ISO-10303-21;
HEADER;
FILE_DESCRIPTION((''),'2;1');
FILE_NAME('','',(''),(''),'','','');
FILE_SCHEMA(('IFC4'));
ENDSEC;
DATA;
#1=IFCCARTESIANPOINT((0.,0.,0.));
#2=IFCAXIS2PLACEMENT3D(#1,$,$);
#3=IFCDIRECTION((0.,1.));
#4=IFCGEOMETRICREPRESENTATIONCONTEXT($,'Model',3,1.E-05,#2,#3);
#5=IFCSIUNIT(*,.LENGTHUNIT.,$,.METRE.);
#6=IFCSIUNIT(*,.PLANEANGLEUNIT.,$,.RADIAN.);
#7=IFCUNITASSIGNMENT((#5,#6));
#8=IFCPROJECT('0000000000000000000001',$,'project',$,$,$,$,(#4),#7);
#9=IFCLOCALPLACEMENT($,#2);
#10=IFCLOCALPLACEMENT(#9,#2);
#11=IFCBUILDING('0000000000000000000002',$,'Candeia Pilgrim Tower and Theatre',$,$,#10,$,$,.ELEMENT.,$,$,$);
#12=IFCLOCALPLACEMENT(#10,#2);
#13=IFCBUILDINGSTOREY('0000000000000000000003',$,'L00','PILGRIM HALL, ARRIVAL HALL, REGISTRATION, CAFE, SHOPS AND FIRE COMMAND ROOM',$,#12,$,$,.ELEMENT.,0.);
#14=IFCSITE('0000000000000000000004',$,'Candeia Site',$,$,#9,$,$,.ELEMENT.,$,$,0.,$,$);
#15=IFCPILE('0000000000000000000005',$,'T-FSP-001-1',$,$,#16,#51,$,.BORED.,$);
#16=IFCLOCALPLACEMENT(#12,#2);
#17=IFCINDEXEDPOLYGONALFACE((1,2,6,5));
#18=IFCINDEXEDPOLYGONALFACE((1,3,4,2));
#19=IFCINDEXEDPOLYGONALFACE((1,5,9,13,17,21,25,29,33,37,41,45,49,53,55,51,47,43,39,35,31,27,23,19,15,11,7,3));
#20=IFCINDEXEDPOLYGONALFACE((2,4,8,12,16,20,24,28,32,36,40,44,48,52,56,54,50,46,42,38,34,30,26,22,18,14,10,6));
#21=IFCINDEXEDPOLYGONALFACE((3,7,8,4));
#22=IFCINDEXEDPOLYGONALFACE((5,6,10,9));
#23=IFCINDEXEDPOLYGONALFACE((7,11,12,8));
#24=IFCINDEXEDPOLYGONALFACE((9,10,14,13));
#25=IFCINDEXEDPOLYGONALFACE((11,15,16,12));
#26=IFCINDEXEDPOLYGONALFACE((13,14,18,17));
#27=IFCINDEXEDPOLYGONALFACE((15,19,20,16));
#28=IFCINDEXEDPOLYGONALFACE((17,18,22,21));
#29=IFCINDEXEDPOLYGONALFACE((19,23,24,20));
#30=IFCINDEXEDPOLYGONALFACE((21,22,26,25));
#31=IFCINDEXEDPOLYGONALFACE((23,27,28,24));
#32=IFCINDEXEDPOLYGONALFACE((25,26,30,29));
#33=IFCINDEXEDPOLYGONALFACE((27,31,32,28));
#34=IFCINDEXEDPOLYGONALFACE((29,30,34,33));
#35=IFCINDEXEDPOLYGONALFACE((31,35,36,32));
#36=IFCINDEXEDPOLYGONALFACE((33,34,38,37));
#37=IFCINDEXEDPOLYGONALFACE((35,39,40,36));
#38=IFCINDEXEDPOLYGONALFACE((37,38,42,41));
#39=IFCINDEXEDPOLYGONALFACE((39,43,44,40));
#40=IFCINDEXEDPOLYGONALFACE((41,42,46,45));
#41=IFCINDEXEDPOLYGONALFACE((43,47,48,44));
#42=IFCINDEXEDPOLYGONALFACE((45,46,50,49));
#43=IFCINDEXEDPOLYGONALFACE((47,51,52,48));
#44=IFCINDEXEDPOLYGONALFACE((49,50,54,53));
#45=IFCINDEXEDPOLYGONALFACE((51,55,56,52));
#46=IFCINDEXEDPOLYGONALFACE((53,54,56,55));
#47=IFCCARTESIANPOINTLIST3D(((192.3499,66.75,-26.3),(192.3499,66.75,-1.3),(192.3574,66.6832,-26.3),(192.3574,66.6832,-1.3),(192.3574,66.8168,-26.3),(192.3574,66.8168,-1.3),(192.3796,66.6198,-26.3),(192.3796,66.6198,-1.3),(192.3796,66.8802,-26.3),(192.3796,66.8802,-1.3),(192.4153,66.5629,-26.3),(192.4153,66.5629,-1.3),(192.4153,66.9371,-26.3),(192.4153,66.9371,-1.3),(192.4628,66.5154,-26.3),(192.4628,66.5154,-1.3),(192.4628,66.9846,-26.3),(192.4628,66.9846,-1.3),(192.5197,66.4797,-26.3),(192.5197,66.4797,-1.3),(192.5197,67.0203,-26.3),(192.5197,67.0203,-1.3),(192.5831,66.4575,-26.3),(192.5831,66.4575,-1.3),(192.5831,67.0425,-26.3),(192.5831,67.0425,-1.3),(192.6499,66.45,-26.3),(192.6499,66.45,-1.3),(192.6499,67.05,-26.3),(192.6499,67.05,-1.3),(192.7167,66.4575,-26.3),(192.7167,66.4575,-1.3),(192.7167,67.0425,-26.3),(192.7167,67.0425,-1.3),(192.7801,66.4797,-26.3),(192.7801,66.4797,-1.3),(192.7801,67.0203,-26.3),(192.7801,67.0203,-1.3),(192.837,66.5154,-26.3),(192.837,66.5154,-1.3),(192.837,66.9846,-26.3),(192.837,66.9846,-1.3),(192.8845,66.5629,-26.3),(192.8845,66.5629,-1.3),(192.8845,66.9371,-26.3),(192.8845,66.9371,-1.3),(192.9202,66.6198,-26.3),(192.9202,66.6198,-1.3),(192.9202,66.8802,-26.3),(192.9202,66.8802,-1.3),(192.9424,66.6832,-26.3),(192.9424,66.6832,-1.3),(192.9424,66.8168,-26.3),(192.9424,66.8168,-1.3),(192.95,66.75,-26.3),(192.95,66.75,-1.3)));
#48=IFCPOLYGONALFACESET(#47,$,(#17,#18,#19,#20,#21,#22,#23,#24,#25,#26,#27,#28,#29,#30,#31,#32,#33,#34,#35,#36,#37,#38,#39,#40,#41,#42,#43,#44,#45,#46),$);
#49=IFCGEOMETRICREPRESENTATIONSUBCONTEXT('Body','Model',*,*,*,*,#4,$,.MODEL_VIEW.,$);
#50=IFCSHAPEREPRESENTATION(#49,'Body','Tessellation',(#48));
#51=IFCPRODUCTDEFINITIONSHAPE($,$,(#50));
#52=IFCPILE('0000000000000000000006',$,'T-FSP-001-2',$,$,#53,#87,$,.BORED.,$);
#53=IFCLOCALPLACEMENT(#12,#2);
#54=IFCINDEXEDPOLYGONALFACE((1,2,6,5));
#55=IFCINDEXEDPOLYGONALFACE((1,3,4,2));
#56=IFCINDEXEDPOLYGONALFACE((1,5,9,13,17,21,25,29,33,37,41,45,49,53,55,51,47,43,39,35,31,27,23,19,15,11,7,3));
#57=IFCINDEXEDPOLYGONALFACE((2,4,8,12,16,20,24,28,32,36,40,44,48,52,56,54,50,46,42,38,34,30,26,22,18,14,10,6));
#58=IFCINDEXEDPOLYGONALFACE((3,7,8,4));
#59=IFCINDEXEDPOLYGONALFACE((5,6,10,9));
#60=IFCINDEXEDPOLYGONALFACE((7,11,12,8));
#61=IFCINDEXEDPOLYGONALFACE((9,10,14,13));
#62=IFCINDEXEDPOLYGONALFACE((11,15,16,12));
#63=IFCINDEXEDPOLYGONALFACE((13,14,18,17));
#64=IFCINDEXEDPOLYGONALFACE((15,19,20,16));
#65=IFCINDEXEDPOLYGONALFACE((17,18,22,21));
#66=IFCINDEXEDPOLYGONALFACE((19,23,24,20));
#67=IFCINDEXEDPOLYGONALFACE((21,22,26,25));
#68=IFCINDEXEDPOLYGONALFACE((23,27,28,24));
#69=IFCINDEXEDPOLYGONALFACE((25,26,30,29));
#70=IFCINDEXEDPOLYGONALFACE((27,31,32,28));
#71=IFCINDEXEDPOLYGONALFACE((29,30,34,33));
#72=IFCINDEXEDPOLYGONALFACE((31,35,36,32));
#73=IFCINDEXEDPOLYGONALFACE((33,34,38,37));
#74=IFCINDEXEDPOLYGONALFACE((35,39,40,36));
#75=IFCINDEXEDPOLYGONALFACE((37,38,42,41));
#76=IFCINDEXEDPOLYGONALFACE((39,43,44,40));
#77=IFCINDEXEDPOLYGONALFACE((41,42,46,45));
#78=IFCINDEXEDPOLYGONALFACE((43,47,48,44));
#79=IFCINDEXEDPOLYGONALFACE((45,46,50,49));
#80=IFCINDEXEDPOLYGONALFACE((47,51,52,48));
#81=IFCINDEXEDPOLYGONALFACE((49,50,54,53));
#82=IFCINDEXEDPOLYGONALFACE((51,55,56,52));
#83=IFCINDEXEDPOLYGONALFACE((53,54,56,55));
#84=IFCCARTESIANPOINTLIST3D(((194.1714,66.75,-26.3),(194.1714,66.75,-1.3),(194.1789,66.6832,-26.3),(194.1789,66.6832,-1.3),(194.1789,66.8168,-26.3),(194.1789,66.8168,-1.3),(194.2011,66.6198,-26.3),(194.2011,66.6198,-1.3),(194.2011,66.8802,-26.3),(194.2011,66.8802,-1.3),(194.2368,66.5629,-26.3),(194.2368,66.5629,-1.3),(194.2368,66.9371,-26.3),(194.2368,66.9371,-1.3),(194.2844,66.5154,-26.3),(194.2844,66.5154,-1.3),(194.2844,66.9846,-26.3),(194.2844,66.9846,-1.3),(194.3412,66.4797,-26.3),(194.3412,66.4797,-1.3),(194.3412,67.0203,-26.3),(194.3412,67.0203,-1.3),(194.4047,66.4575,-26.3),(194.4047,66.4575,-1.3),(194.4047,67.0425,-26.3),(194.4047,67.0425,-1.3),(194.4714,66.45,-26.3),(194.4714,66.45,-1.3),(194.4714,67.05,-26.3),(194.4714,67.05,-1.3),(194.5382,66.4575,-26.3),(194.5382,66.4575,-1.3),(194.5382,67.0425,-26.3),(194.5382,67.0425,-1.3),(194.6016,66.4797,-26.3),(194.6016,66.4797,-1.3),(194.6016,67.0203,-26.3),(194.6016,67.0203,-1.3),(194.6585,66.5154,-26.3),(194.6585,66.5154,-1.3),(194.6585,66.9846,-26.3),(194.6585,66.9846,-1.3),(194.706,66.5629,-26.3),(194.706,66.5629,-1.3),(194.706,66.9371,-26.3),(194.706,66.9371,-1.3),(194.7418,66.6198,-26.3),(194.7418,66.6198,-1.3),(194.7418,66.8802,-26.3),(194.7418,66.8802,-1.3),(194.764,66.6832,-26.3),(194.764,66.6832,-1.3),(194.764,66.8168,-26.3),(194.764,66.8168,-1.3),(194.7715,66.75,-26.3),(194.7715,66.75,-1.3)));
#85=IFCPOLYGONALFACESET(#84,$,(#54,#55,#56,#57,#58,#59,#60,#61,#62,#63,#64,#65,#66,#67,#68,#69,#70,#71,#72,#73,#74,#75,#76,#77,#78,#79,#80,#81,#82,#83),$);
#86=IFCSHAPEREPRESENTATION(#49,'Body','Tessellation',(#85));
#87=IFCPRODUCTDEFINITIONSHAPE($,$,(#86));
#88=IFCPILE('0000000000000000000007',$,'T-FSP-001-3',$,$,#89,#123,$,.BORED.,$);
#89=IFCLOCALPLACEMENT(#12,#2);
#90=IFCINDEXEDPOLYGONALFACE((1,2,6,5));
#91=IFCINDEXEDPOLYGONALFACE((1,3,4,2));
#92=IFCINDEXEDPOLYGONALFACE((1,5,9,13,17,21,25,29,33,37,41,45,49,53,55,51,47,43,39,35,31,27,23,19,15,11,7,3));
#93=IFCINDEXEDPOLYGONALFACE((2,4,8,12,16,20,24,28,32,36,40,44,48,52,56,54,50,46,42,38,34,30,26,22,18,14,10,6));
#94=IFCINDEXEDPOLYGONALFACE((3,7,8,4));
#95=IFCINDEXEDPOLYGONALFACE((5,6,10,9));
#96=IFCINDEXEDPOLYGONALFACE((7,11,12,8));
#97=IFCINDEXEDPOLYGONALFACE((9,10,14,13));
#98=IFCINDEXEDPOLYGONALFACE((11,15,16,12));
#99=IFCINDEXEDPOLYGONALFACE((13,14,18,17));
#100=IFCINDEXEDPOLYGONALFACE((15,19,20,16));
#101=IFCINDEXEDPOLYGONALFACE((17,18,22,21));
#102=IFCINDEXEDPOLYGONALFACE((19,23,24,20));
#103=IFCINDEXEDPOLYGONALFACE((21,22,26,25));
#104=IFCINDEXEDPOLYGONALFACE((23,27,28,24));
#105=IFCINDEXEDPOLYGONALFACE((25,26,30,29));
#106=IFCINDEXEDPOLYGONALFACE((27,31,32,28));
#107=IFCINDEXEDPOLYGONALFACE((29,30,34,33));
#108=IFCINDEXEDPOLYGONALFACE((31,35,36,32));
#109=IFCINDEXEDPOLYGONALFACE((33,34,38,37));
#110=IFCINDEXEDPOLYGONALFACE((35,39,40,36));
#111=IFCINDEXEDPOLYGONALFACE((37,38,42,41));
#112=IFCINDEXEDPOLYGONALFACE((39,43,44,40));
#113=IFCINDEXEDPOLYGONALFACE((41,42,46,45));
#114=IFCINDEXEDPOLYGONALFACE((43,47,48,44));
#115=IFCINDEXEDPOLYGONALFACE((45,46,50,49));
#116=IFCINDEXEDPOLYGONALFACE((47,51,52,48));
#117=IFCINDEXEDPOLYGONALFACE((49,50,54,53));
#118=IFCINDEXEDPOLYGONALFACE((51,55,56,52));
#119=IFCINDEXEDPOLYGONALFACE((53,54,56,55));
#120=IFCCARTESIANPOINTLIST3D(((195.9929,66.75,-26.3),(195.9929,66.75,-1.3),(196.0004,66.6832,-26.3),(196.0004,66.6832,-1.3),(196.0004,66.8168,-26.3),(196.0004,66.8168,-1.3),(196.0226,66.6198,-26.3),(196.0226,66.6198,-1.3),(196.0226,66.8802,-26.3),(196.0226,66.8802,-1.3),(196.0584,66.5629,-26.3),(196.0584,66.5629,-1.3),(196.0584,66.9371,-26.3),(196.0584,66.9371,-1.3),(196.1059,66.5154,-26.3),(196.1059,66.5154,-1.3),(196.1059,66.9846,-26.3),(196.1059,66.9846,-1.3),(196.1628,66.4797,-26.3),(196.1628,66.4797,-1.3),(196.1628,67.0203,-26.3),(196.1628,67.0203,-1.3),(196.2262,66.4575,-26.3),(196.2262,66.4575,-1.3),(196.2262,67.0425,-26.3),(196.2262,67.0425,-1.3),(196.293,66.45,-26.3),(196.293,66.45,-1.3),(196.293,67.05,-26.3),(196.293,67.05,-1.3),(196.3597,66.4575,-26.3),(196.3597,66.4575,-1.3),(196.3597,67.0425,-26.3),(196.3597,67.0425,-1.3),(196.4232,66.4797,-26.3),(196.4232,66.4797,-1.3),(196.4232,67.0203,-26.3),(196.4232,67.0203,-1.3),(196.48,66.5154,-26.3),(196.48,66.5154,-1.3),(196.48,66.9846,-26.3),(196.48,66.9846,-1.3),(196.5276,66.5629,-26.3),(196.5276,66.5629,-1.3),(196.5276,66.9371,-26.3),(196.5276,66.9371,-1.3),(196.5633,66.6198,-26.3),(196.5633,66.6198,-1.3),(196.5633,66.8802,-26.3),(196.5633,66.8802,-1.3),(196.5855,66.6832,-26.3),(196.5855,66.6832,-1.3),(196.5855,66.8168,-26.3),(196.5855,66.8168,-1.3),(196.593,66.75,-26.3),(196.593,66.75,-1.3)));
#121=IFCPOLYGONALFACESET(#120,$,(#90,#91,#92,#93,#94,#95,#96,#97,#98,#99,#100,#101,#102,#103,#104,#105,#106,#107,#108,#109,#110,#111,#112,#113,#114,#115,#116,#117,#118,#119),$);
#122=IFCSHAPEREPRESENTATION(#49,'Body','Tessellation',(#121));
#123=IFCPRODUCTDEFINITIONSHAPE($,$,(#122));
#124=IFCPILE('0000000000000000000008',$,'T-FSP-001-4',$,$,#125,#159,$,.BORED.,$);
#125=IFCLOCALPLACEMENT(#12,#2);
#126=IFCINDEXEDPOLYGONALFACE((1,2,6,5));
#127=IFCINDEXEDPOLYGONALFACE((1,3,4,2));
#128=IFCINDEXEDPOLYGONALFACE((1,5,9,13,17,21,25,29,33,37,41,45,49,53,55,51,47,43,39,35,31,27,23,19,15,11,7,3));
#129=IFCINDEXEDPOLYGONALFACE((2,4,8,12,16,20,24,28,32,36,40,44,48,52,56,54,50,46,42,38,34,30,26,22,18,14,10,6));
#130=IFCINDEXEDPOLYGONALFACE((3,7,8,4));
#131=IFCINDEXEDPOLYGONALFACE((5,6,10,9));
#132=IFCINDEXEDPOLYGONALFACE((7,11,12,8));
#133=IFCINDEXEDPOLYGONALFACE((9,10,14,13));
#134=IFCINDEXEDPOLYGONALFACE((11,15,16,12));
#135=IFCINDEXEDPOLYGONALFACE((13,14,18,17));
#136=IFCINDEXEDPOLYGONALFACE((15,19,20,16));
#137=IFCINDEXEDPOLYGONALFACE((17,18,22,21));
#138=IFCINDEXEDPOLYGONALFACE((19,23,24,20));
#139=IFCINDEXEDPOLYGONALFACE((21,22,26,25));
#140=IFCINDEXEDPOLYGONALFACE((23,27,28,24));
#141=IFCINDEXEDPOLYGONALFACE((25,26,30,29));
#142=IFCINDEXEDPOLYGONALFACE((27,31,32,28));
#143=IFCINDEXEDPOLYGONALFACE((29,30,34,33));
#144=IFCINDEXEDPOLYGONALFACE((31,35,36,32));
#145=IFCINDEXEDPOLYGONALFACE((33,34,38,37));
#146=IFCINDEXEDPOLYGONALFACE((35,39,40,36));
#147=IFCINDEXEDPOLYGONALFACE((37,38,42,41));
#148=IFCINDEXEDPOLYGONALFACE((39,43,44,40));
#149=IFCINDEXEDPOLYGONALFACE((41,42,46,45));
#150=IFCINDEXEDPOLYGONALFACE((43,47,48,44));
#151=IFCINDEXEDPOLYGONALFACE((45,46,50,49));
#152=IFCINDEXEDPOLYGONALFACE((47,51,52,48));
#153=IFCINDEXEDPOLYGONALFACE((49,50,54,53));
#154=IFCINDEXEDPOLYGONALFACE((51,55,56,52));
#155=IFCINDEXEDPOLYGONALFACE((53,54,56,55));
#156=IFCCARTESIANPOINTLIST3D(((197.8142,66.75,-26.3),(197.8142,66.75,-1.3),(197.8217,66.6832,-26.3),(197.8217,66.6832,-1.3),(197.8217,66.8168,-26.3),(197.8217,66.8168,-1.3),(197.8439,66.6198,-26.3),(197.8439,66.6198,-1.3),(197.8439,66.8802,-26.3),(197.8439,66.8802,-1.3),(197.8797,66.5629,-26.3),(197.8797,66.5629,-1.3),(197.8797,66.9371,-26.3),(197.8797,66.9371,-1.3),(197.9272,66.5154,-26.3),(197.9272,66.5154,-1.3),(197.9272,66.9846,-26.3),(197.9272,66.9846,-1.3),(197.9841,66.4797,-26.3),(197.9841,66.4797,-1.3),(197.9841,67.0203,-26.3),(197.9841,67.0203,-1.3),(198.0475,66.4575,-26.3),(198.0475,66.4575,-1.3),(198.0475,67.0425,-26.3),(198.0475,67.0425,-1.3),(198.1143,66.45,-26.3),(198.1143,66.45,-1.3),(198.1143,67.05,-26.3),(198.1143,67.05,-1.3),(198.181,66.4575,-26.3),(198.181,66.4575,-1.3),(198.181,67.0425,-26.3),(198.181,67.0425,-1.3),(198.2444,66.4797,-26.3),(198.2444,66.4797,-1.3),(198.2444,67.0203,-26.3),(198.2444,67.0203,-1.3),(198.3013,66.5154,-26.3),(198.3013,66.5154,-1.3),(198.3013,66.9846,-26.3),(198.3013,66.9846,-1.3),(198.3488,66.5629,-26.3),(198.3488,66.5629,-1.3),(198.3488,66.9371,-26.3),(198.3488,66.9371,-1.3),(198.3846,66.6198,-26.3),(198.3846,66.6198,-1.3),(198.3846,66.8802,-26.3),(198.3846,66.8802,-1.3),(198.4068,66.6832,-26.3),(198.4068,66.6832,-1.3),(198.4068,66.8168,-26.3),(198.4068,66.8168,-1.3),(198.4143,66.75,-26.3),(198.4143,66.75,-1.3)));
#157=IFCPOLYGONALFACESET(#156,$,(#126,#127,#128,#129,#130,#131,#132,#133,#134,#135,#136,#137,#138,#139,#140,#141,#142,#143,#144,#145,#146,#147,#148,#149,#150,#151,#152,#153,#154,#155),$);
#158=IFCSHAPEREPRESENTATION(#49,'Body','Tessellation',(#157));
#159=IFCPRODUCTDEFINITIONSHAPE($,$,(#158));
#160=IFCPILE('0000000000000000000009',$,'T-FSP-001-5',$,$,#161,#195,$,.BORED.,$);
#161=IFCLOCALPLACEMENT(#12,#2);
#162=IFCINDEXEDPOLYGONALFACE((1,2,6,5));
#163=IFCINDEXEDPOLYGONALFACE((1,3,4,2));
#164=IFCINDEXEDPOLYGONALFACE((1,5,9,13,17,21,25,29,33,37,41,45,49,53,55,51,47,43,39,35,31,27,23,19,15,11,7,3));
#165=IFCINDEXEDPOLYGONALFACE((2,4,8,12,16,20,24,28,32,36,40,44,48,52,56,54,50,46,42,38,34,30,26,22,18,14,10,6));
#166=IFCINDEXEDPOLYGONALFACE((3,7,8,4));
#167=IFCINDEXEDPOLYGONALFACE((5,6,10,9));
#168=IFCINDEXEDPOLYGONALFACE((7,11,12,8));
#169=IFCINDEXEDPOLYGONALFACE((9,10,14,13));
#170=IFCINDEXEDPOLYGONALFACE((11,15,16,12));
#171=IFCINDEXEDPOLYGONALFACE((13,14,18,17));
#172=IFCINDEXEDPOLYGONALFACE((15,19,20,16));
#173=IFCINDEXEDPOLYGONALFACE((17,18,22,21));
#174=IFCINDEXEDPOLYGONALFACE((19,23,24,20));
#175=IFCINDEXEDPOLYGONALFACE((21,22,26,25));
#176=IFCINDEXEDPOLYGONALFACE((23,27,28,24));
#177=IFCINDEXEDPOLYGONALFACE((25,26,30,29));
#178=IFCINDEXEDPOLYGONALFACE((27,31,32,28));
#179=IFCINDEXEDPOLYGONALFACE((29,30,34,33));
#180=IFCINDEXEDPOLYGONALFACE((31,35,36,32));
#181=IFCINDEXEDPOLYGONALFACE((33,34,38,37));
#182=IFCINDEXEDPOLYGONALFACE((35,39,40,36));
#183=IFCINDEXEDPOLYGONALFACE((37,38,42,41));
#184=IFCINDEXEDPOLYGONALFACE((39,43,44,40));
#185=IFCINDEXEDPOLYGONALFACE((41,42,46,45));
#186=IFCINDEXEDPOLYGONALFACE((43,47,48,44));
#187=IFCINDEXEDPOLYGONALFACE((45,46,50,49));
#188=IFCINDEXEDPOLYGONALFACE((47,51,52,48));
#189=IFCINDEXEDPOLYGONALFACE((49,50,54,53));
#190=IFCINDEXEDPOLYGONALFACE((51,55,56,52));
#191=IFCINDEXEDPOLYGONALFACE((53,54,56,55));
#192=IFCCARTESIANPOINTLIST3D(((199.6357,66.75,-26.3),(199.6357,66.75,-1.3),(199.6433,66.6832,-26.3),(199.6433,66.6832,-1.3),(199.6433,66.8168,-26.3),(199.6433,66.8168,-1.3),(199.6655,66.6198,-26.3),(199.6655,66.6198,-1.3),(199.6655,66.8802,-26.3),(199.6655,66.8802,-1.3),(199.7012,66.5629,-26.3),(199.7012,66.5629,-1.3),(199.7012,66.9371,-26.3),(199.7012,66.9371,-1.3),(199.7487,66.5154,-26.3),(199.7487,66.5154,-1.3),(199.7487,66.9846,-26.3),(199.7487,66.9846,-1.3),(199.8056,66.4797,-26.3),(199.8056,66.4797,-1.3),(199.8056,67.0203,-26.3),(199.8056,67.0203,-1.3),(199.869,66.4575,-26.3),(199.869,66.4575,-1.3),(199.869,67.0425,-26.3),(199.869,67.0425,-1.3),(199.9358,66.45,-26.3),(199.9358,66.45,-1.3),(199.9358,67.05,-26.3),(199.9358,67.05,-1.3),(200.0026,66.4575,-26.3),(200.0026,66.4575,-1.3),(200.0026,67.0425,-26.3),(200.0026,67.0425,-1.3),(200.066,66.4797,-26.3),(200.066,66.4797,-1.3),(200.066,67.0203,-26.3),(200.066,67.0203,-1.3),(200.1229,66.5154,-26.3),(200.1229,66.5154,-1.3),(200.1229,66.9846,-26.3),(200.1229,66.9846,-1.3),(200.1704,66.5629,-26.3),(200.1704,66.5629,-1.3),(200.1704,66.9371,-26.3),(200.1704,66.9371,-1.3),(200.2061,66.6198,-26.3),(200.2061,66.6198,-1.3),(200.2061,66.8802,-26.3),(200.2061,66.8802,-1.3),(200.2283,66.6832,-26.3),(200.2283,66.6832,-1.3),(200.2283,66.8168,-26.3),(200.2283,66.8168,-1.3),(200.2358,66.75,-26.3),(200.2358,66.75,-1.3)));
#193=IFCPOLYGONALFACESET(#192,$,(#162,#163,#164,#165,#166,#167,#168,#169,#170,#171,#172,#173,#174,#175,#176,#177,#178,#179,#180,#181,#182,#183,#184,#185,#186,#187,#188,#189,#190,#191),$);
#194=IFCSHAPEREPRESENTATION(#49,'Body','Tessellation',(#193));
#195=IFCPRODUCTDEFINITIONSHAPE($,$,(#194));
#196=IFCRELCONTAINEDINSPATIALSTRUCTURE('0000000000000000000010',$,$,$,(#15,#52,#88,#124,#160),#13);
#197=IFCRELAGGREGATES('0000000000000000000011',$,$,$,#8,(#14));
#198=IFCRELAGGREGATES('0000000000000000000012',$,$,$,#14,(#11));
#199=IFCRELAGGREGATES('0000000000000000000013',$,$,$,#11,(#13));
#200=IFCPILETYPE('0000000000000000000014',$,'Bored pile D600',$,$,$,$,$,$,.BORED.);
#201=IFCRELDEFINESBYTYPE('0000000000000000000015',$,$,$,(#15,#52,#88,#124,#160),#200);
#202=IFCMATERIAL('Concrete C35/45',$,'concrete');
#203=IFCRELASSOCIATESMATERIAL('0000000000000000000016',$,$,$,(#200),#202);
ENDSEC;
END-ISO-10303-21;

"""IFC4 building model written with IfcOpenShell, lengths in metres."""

from ifc_helpers import new_model, si_unit, direction, frame, origin, origin_2d, place, context, subcontext, project, spatial, circle, extrude, material, type_object, element, save


model = new_model("IFC4")

# Units and contexts
model_context = context("Model", 3, precision=1e-05, world=origin(), true_north=direction((0.0, 1.0)))
body_context = subcontext(model_context, "Body", "Model", "MODEL_VIEW")
ifc_project = project(units=[si_unit("LENGTHUNIT", "METRE"), si_unit("PLANEANGLEUNIT", "RADIAN")], contexts=[model_context])

# Site, building, storey
site_placement = place(None, origin())
site = spatial("IfcSite", under=ifc_project, at=site_placement, Name="Candeia Site", CompositionType="ELEMENT", RefElevation=0.0)
building_placement = place(site_placement, origin())
building = spatial("IfcBuilding", under=site, at=building_placement, Name="Candeia Pilgrim Tower and Theatre", CompositionType="ELEMENT")
storey_placement = place(building_placement, origin())
storey = spatial("IfcBuildingStorey", under=building, at=storey_placement, Name="L00", Description="PILGRIM HALL, ARRIVAL HALL, REGISTRATION, CAFE, SHOPS AND FIRE COMMAND ROOM", CompositionType="ELEMENT", Elevation=0.0)

# Piles
ifc_material_1 = material(Name="Concrete C35/45", Category="concrete")
pile_type = type_object("IfcPileType", Name="Bored pile D600", PredefinedType="BORED", material=ifc_material_1)
for number, where, z_axis, x_axis, name in (
    (1, (192.6499, 66.75, -1.3), (0.0, 0.0, -1.0), (1.0, 0.0, 0.0), "T-FSP-001-1"),
    (2, (194.4714, 66.75, -1.3), (0.0, 0.0, -1.0), (1.0, 0.0, 0.0), "T-FSP-001-2"),
    (3, (196.293, 66.75, -1.3), (0.0, 0.0, -1.0), (1.0, 0.0, 0.0), "T-FSP-001-3"),
    (4, (198.1143, 66.75, -1.3), (0.0, 0.0, -1.0), (1.0, 0.0, 0.0), "T-FSP-001-4"),
    (5, (199.9358, 66.75, -1.3), (0.0, 0.0, -1.0), (1.0, 0.0, 0.0), "T-FSP-001-5"),
):
    element("IfcPile", number, at=place(storey_placement, frame(where, z_axis=z_axis, x_axis=x_axis)), inside=storey, type_object=pile_type, Name=name, PredefinedType="BORED", context=body_context, shape_type="SweptSolid", body=[
        extrude(circle(Radius=0.3, at=origin_2d()), origin(), (0.0, 0.0, 1.0), 25.0),
    ])

save(model, "model.ifc")
